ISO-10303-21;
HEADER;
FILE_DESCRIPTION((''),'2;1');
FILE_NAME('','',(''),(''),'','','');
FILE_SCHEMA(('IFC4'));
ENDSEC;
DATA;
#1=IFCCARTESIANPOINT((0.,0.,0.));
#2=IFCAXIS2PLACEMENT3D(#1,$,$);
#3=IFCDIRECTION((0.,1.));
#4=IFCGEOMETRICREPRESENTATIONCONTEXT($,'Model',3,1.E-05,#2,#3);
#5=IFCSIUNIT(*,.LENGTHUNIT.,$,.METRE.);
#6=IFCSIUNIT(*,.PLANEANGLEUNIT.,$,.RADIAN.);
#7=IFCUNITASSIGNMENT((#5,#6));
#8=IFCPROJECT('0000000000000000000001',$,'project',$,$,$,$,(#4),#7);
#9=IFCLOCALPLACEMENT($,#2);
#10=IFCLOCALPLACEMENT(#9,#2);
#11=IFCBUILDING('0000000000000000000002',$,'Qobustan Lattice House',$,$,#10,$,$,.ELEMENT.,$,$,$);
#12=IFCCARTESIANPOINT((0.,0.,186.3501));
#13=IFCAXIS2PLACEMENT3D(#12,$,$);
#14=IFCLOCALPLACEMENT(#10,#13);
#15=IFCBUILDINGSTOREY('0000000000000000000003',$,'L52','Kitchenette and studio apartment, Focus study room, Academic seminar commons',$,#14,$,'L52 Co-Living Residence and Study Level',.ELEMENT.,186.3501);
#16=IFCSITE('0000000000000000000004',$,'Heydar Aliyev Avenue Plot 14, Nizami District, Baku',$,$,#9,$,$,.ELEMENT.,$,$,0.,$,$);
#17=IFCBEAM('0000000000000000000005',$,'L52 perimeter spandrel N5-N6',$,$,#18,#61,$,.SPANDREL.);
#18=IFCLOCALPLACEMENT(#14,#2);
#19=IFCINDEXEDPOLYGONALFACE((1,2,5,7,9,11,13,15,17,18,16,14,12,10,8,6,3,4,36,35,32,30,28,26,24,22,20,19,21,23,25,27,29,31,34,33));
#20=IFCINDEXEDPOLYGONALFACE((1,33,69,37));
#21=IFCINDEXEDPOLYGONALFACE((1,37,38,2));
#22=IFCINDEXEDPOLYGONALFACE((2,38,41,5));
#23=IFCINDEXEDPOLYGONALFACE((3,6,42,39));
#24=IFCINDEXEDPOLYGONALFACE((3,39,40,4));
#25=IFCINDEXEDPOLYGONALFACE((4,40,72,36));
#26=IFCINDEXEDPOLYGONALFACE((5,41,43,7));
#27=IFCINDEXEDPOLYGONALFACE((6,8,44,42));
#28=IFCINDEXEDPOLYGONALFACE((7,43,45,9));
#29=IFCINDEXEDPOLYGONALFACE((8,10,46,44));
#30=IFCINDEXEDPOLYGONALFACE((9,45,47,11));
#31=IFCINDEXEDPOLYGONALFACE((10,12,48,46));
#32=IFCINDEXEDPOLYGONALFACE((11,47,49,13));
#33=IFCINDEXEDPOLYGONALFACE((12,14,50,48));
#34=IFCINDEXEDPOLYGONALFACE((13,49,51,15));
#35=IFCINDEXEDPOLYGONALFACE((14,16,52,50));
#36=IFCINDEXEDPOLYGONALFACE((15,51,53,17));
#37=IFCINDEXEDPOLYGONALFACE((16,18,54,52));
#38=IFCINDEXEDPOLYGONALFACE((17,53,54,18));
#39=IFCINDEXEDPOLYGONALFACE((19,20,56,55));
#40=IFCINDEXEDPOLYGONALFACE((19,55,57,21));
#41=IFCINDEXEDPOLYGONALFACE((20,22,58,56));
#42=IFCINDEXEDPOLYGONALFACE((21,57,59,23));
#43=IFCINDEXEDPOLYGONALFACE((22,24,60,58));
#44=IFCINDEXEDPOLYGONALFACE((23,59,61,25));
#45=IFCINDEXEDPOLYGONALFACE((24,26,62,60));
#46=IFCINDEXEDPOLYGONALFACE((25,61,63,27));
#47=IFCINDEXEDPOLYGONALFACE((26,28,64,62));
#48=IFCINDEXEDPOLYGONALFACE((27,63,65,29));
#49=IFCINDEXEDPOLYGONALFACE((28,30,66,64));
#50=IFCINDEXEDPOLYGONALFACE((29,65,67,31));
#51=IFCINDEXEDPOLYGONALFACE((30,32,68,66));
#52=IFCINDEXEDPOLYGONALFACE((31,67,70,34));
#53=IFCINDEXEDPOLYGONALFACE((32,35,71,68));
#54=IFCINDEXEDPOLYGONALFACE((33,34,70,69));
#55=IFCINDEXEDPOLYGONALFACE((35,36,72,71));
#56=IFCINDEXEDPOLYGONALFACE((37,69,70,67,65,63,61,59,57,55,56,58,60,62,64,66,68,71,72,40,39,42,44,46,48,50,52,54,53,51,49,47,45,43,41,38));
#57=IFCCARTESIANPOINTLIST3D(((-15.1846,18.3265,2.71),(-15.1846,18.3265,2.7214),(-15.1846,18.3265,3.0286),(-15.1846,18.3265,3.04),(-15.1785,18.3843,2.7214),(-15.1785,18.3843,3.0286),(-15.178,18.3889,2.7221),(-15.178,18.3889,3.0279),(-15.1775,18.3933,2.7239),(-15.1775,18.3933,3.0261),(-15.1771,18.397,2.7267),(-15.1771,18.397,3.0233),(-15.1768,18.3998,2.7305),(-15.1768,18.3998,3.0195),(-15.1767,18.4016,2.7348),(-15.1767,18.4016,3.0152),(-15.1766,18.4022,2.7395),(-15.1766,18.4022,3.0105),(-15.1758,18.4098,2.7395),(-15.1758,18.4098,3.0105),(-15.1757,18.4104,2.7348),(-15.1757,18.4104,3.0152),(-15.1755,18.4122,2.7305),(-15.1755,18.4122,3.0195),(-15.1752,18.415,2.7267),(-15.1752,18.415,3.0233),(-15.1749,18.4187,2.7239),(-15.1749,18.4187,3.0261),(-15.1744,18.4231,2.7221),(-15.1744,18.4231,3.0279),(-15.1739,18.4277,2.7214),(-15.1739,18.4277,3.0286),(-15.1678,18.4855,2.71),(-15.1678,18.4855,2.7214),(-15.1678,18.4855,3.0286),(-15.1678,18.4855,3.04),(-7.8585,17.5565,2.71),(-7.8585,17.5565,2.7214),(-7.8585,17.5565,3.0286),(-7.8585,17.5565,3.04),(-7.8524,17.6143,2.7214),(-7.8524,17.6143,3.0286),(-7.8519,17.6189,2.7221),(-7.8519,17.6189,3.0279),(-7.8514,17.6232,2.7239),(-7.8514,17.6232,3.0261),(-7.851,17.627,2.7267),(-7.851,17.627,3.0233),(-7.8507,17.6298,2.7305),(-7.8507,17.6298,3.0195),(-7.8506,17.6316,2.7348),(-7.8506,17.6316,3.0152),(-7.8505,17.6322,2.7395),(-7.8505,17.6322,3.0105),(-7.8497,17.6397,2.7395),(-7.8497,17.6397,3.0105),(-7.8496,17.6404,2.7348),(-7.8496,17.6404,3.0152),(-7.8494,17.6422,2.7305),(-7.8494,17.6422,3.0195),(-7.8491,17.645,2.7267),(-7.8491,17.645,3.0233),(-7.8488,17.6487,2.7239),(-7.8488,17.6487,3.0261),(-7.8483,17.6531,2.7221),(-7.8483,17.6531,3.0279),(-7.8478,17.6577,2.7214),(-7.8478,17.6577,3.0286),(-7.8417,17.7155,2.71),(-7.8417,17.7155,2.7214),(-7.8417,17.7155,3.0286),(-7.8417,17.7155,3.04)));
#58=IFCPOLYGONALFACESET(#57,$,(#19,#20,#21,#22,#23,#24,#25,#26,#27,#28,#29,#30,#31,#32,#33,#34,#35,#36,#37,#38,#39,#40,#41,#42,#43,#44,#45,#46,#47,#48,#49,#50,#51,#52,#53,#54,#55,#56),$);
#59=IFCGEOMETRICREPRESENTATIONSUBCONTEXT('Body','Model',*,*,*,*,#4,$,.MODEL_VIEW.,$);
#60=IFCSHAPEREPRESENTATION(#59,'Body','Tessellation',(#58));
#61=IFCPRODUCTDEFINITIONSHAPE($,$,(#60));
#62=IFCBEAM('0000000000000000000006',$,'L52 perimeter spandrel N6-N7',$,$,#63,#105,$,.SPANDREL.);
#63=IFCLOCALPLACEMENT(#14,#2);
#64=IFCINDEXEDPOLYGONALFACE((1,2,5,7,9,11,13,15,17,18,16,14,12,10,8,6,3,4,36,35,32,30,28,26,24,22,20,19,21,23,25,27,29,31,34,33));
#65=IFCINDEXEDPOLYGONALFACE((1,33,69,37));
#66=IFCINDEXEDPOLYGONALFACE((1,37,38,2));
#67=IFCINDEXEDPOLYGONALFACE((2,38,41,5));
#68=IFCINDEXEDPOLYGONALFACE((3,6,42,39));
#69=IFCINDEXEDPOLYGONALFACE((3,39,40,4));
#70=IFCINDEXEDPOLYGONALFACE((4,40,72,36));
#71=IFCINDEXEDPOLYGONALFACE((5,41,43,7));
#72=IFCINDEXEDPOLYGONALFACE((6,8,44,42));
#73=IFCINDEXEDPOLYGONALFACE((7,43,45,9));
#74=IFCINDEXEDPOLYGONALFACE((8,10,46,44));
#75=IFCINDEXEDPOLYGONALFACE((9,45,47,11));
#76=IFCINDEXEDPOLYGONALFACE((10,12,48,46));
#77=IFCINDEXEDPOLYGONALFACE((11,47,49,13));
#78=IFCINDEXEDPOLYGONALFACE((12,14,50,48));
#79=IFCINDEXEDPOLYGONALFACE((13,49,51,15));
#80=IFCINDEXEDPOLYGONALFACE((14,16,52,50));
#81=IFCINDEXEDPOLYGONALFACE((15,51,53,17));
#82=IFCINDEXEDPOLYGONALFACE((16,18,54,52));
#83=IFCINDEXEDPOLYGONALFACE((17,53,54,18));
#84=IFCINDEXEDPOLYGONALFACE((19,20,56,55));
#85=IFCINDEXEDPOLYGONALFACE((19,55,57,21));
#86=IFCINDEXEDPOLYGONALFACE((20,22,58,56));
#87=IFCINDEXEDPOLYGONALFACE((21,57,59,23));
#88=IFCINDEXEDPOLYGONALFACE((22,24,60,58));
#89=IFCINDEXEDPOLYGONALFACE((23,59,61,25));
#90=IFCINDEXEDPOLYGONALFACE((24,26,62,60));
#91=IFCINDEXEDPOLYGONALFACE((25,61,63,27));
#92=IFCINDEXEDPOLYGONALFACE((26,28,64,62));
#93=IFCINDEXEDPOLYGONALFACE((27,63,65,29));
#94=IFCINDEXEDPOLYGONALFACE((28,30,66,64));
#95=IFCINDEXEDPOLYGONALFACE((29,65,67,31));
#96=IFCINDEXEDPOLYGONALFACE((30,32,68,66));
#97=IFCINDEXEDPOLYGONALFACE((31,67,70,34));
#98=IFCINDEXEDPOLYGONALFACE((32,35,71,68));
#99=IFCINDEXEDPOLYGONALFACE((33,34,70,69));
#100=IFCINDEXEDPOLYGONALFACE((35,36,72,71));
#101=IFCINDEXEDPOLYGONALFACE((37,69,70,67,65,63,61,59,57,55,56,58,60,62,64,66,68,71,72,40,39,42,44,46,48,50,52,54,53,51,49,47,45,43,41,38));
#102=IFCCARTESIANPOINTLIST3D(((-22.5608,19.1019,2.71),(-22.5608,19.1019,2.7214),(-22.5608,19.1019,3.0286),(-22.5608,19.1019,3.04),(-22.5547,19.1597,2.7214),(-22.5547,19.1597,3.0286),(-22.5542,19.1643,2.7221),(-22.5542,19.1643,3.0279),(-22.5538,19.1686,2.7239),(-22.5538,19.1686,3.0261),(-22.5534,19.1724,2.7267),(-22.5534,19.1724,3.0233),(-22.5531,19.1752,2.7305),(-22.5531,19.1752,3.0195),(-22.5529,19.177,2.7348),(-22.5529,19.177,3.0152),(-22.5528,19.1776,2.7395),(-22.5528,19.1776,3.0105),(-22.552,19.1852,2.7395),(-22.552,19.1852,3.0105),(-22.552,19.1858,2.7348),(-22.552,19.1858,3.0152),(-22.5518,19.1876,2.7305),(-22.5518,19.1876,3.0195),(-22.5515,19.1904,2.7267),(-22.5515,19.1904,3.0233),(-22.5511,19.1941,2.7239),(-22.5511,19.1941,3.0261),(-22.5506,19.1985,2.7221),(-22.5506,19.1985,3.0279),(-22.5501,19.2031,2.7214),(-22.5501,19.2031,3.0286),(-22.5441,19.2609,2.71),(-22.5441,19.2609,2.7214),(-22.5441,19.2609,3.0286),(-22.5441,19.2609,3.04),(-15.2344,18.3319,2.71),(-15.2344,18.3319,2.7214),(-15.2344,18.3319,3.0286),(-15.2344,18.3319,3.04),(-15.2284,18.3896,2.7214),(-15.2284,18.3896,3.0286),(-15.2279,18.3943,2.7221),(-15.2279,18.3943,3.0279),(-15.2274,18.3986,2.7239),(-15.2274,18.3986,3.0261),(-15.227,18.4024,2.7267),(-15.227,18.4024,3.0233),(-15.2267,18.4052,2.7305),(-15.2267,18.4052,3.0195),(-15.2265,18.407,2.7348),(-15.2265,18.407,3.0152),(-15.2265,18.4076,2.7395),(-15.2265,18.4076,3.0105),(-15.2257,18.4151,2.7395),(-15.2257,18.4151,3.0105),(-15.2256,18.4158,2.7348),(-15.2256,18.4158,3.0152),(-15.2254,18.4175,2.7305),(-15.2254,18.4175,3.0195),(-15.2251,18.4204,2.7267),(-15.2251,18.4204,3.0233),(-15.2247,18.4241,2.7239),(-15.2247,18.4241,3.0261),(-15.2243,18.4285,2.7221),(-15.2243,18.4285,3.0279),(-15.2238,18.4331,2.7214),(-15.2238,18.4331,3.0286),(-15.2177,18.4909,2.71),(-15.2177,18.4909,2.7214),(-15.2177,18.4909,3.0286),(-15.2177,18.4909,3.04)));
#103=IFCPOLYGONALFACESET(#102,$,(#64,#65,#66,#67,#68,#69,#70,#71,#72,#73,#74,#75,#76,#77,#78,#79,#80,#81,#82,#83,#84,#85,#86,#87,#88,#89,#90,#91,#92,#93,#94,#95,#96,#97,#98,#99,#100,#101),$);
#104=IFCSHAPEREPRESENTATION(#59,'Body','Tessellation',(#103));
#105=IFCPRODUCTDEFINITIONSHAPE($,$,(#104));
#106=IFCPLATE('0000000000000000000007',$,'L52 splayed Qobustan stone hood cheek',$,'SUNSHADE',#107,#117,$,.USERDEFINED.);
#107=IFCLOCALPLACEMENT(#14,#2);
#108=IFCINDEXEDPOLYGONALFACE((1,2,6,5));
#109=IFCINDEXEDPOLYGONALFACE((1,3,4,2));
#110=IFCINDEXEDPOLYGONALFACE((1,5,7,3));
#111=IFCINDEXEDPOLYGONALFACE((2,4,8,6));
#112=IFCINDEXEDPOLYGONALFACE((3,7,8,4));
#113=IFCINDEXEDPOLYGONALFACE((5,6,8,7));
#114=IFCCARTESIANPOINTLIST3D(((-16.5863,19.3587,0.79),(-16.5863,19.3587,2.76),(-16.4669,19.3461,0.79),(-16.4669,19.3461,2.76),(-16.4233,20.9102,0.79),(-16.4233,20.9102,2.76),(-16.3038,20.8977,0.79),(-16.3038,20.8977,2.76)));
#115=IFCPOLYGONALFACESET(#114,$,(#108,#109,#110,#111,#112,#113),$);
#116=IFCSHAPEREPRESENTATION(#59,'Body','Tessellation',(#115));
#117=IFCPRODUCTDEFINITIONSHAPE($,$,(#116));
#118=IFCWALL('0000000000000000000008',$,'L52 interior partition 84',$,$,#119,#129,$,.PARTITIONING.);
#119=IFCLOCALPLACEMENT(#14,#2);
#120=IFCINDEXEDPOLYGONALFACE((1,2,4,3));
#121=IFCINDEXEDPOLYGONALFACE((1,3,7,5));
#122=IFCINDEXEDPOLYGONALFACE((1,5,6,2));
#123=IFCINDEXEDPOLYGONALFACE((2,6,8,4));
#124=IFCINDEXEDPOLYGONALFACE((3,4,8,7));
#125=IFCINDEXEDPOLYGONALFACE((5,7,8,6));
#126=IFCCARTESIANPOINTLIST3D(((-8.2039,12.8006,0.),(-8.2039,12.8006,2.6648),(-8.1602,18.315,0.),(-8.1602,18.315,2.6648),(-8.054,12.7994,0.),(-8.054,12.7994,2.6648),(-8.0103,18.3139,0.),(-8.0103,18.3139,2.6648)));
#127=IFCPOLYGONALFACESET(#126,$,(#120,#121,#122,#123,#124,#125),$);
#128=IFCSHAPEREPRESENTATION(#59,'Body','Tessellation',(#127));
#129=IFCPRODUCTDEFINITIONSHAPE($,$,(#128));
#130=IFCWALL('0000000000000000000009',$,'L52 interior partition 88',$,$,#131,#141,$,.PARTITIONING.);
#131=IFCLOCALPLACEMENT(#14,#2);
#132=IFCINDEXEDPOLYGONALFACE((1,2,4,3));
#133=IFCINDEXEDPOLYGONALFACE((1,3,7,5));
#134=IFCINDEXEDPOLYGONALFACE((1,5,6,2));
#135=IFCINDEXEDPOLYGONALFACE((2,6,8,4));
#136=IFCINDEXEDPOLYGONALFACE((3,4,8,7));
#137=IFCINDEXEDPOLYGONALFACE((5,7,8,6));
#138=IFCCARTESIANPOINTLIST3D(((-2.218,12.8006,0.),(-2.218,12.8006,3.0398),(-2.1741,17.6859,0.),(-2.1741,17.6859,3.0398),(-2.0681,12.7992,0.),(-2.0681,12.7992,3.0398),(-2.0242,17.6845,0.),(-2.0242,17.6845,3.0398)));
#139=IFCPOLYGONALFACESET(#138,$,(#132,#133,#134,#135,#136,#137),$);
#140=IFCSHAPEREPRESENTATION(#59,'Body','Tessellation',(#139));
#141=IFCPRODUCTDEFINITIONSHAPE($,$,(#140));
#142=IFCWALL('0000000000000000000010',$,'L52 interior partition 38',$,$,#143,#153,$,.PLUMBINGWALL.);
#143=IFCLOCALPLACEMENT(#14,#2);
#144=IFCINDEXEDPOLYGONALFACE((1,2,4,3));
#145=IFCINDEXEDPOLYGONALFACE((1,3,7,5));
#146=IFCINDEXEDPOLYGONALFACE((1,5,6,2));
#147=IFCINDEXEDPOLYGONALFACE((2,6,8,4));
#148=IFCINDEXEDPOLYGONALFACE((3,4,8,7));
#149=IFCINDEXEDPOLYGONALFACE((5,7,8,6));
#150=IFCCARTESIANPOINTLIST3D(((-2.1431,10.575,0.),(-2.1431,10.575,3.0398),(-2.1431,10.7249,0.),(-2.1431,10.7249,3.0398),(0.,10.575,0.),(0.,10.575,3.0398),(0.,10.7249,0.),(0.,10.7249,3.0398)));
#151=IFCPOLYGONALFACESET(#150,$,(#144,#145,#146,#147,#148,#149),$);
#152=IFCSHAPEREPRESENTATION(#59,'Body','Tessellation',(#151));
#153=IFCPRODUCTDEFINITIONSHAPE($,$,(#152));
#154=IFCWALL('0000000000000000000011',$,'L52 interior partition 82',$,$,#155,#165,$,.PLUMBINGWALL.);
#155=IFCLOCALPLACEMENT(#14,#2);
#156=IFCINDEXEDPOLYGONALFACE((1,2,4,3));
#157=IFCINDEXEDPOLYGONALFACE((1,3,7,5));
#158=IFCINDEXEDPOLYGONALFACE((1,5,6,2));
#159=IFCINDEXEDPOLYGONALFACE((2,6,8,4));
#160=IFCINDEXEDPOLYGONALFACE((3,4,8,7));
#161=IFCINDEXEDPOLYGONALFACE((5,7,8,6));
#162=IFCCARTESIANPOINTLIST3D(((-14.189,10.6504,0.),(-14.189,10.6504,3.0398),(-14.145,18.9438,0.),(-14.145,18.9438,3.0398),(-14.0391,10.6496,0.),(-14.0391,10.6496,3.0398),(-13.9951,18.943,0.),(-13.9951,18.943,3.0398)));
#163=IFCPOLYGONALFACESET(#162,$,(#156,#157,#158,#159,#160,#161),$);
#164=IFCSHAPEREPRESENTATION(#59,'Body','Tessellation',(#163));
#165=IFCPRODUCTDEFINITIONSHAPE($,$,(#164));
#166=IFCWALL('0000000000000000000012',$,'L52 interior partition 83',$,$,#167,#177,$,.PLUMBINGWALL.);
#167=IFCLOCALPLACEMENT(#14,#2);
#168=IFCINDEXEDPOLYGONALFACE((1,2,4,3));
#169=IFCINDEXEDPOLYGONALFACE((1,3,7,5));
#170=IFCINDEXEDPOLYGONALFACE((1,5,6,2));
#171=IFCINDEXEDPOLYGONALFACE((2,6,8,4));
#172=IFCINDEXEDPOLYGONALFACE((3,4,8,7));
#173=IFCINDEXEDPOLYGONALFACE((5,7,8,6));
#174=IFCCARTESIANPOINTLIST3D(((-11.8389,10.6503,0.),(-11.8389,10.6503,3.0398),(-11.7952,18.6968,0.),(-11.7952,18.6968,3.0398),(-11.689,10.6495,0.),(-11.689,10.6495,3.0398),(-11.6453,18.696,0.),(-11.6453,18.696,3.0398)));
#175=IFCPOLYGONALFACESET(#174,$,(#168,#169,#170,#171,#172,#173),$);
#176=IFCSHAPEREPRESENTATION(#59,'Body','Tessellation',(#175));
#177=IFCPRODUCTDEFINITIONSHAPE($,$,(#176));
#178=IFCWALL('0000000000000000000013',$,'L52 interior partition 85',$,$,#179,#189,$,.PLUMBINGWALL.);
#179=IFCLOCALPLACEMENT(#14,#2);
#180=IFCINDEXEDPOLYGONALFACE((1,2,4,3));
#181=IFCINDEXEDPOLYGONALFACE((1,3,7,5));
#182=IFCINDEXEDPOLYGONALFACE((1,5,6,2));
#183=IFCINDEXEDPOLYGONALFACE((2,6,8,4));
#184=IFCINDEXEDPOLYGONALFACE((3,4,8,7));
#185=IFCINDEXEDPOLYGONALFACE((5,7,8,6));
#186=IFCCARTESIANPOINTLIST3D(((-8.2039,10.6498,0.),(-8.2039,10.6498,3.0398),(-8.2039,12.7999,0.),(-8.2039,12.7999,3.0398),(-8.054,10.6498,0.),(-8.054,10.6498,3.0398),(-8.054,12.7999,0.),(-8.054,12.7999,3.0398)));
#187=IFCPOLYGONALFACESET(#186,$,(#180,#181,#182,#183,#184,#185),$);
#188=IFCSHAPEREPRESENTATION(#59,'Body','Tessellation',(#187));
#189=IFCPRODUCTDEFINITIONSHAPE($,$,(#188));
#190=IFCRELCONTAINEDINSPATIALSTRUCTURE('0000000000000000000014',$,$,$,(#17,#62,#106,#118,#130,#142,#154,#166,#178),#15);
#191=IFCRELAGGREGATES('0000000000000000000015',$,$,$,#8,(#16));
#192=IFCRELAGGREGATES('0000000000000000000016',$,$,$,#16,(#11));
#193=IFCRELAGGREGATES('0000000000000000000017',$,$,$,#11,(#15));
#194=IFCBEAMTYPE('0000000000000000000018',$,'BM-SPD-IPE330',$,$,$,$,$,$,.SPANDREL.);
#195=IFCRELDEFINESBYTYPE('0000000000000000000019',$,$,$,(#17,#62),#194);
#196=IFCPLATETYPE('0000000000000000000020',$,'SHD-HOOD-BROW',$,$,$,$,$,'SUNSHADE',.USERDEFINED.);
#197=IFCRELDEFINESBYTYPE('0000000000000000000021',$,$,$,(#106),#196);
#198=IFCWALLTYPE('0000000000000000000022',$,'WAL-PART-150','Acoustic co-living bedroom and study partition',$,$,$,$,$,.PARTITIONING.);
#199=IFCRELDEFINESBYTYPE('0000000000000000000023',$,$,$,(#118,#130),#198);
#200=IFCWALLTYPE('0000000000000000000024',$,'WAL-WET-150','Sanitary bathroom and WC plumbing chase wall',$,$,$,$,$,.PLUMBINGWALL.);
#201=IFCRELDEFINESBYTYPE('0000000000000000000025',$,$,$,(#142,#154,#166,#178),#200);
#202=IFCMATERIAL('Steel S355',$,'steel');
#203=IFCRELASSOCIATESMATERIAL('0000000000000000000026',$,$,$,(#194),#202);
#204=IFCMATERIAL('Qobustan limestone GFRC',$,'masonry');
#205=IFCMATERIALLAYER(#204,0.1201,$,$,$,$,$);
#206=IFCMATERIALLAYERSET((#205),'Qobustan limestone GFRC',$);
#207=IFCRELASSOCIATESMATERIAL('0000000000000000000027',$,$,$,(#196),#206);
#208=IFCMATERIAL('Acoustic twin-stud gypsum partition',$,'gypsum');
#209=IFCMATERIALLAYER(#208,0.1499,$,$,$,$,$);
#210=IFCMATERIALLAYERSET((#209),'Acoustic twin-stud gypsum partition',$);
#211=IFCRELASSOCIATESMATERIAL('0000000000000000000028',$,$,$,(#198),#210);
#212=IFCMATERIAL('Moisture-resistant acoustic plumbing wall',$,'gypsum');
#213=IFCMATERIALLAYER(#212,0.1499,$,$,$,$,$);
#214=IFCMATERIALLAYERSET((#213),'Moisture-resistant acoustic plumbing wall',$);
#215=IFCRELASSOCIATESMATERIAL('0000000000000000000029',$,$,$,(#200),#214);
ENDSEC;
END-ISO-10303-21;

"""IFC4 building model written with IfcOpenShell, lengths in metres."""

from ifc_helpers import new_model, si_unit, direction, frame, frame_2d, origin, origin_2d, place, context, subcontext, project, spatial, rectangle, i_section, extrude, material, layer, layer_set, material_profile, profile_set, type_object, element, save


model = new_model("IFC4")

# Units and contexts
model_context = context("Model", 3, precision=1e-05, world=origin(), true_north=direction((0.0, 1.0)))
body_context = subcontext(model_context, "Body", "Model", "MODEL_VIEW")
ifc_project = project(units=[si_unit("LENGTHUNIT", "METRE"), si_unit("PLANEANGLEUNIT", "RADIAN")], contexts=[model_context])

# Site, building, storey
site_placement = place(None, origin())
site = spatial("IfcSite", under=ifc_project, at=site_placement, Name="Heydar Aliyev Avenue Plot 14, Nizami District, Baku", CompositionType="ELEMENT", RefElevation=0.0)
building_placement = place(site_placement, origin())
building = spatial("IfcBuilding", under=site, at=building_placement, Name="Qobustan Lattice House", CompositionType="ELEMENT")
storey_placement = place(building_placement, frame((0.0, 0.0, 186.3501)))
storey = spatial("IfcBuildingStorey", under=building, at=storey_placement, Name="L52", Description="Kitchenette and studio apartment, Focus study room, Academic seminar commons", LongName="L52 Co-Living Residence and Study Level", CompositionType="ELEMENT", Elevation=186.3501)

# Beams
ifc_material_1 = material(Name="Steel S355", Category="steel")
ifc_material_profile_1 = material_profile(ifc_material_1, i_section(OverallWidth=0.1599, OverallDepth=0.3301, WebThickness=0.0076, FlangeThickness=0.0115, FilletRadius=0.0181, at=origin_2d()), Name="IPE330")
ifc_profile_set_1 = profile_set([ifc_material_profile_1], Name="Steel S355")
beam_type_1 = type_object("IfcBeamType", Name="BM-SPD-IPE330", PredefinedType="SPANDREL", material=ifc_profile_set_1)
beam_1_placement = place(storey_placement, frame((-7.8501, 17.636, 2.875), z_axis=(-0.994522, 0.10453, 0.0), x_axis=(-0.10453, -0.994522, 0.0)))
element("IfcBeam", 1, at=beam_1_placement, inside=storey, type_object=beam_type_1, Name="L52 perimeter spandrel N5-N6", PredefinedType="SPANDREL", context=body_context, shape_type="SweptSolid", body=[
    extrude(i_section(OverallWidth=0.1599, OverallDepth=0.3301, WebThickness=0.0076, FlangeThickness=0.0115, FilletRadius=0.0181, at=origin_2d()), origin(), (0.0, 0.0, 1.0), 7.3665),
])
beam_2_placement = place(storey_placement, frame((-15.2261, 18.4114, 2.875), z_axis=(-0.994522, 0.104526, 0.0), x_axis=(-0.104526, -0.994522, 0.0)))
element("IfcBeam", 2, at=beam_2_placement, inside=storey, type_object=beam_type_1, Name="L52 perimeter spandrel N6-N7", PredefinedType="SPANDREL", context=body_context, shape_type="SweptSolid", body=[
    extrude(i_section(OverallWidth=0.1599, OverallDepth=0.3301, WebThickness=0.0076, FlangeThickness=0.0115, FilletRadius=0.0181, at=origin_2d()), origin(), (0.0, 0.0, 1.0), 7.3667),
])

# Plate
ifc_material_2 = material(Name="Qobustan limestone GFRC", Category="masonry")
ifc_layer_1 = layer(ifc_material_2, 0.1201)
ifc_layer_set_1 = layer_set([ifc_layer_1], Name="Qobustan limestone GFRC")
plate_type = type_object("IfcPlateType", Name="SHD-HOOD-BROW", ElementType="SUNSHADE", PredefinedType="USERDEFINED", material=ifc_layer_set_1)
plate_placement = place(storey_placement, frame((-16.4451, 20.1282, 0.79), z_axis=(0.0, 0.0, 1.0), x_axis=(0.994522, -0.104528, 0.0)))
element("IfcPlate", 3, at=plate_placement, inside=storey, type_object=plate_type, Name="L52 splayed Qobustan stone hood cheek", ObjectType="SUNSHADE", PredefinedType="USERDEFINED", context=body_context, shape_type="SweptSolid", body=[
    extrude(rectangle(XDim=0.1201, YDim=1.5601, at=origin_2d()), origin(), (0.0, 0.0, 1.0), 1.97),
])

# Walls
ifc_material_3 = material(Name="Acoustic twin-stud gypsum partition", Category="gypsum")
ifc_layer_2 = layer(ifc_material_3, 0.1499)
ifc_layer_set_2 = layer_set([ifc_layer_2], Name="Acoustic twin-stud gypsum partition")
wall_type_1 = type_object("IfcWallType", Name="WAL-PART-150", Description="Acoustic co-living bedroom and study partition", PredefinedType="PARTITIONING", material=ifc_layer_set_2)
wall_1_placement = place(storey_placement, frame((-8.0852, 18.3145, 0.0), z_axis=(0.0, 0.0, 1.0), x_axis=(-0.007925, -0.999969, 0.0)))
element("IfcWall", 4, at=wall_1_placement, inside=storey, type_object=wall_type_1, Name="L52 interior partition 84", PredefinedType="PARTITIONING", context=body_context, shape_type="SweptSolid", body=[
    extrude(rectangle(XDim=5.5146, YDim=0.1499, at=frame_2d((2.7573, 0.0))), origin(), (0.0, 0.0, 1.0), 2.6648),
])
wall_2_placement = place(storey_placement, frame((-2.0991, 17.6853, 0.0), z_axis=(0.0, 0.0, 1.0), x_axis=(-0.008995, -0.99996, 0.0)))
element("IfcWall", 5, at=wall_2_placement, inside=storey, type_object=wall_type_1, Name="L52 interior partition 88", PredefinedType="PARTITIONING", context=body_context, shape_type="SweptSolid", body=[
    extrude(rectangle(XDim=4.8855, YDim=0.1499, at=frame_2d((2.4429, 0.0))), origin(), (0.0, 0.0, 1.0), 3.0398),
])
ifc_material_4 = material(Name="Moisture-resistant acoustic plumbing wall", Category="gypsum")
ifc_layer_3 = layer(ifc_material_4, 0.1499)
ifc_layer_set_3 = layer_set([ifc_layer_3], Name="Moisture-resistant acoustic plumbing wall")
wall_type_2 = type_object("IfcWallType", Name="WAL-WET-150", Description="Sanitary bathroom and WC plumbing chase wall", PredefinedType="PLUMBINGWALL", material=ifc_layer_set_3)
wall_3_placement = place(storey_placement, frame((-2.1431, 10.6499, 0.0), z_axis=(0.0, 0.0, 1.0), x_axis=(1.0, 0.0, 0.0)))
element("IfcWall", 6, at=wall_3_placement, inside=storey, type_object=wall_type_2, Name="L52 interior partition 38", PredefinedType="PLUMBINGWALL", context=body_context, shape_type="SweptSolid", body=[
    extrude(rectangle(XDim=2.1431, YDim=0.1499, at=frame_2d((1.0715, 0.0))), origin(), (0.0, 0.0, 1.0), 3.0398),
])
wall_4_placement = place(storey_placement, frame((-14.0701, 18.9434, 0.0), z_axis=(0.0, 0.0, 1.0), x_axis=(-0.005299, -0.999986, 0.0)))
element("IfcWall", 7, at=wall_4_placement, inside=storey, type_object=wall_type_2, Name="L52 interior partition 82", PredefinedType="PLUMBINGWALL", context=body_context, shape_type="SweptSolid", body=[
    extrude(rectangle(XDim=8.2935, YDim=0.1499, at=frame_2d((4.1467, 0.0))), origin(), (0.0, 0.0, 1.0), 3.0398),
])
wall_5_placement = place(storey_placement, frame((-11.7202, 18.6965, 0.0), z_axis=(0.0, 0.0, 1.0), x_axis=(-0.005431, -0.999985, 0.0)))
element("IfcWall", 8, at=wall_5_placement, inside=storey, type_object=wall_type_2, Name="L52 interior partition 83", PredefinedType="PLUMBINGWALL", context=body_context, shape_type="SweptSolid", body=[
    extrude(rectangle(XDim=8.0466, YDim=0.1499, at=frame_2d((4.0234, 0.0))), origin(), (0.0, 0.0, 1.0), 3.0398),
])
wall_6_placement = place(storey_placement, frame((-8.1289, 12.8, 0.0), z_axis=(0.0, 0.0, 1.0), x_axis=(0.0, -1.0, 0.0)))
element("IfcWall", 9, at=wall_6_placement, inside=storey, type_object=wall_type_2, Name="L52 interior partition 85", PredefinedType="PLUMBINGWALL", context=body_context, shape_type="SweptSolid", body=[
    extrude(rectangle(XDim=2.1501, YDim=0.1499, at=frame_2d((1.0752, 0.0))), origin(), (0.0, 0.0, 1.0), 3.0398),
])

save(model, "model.ifc")
